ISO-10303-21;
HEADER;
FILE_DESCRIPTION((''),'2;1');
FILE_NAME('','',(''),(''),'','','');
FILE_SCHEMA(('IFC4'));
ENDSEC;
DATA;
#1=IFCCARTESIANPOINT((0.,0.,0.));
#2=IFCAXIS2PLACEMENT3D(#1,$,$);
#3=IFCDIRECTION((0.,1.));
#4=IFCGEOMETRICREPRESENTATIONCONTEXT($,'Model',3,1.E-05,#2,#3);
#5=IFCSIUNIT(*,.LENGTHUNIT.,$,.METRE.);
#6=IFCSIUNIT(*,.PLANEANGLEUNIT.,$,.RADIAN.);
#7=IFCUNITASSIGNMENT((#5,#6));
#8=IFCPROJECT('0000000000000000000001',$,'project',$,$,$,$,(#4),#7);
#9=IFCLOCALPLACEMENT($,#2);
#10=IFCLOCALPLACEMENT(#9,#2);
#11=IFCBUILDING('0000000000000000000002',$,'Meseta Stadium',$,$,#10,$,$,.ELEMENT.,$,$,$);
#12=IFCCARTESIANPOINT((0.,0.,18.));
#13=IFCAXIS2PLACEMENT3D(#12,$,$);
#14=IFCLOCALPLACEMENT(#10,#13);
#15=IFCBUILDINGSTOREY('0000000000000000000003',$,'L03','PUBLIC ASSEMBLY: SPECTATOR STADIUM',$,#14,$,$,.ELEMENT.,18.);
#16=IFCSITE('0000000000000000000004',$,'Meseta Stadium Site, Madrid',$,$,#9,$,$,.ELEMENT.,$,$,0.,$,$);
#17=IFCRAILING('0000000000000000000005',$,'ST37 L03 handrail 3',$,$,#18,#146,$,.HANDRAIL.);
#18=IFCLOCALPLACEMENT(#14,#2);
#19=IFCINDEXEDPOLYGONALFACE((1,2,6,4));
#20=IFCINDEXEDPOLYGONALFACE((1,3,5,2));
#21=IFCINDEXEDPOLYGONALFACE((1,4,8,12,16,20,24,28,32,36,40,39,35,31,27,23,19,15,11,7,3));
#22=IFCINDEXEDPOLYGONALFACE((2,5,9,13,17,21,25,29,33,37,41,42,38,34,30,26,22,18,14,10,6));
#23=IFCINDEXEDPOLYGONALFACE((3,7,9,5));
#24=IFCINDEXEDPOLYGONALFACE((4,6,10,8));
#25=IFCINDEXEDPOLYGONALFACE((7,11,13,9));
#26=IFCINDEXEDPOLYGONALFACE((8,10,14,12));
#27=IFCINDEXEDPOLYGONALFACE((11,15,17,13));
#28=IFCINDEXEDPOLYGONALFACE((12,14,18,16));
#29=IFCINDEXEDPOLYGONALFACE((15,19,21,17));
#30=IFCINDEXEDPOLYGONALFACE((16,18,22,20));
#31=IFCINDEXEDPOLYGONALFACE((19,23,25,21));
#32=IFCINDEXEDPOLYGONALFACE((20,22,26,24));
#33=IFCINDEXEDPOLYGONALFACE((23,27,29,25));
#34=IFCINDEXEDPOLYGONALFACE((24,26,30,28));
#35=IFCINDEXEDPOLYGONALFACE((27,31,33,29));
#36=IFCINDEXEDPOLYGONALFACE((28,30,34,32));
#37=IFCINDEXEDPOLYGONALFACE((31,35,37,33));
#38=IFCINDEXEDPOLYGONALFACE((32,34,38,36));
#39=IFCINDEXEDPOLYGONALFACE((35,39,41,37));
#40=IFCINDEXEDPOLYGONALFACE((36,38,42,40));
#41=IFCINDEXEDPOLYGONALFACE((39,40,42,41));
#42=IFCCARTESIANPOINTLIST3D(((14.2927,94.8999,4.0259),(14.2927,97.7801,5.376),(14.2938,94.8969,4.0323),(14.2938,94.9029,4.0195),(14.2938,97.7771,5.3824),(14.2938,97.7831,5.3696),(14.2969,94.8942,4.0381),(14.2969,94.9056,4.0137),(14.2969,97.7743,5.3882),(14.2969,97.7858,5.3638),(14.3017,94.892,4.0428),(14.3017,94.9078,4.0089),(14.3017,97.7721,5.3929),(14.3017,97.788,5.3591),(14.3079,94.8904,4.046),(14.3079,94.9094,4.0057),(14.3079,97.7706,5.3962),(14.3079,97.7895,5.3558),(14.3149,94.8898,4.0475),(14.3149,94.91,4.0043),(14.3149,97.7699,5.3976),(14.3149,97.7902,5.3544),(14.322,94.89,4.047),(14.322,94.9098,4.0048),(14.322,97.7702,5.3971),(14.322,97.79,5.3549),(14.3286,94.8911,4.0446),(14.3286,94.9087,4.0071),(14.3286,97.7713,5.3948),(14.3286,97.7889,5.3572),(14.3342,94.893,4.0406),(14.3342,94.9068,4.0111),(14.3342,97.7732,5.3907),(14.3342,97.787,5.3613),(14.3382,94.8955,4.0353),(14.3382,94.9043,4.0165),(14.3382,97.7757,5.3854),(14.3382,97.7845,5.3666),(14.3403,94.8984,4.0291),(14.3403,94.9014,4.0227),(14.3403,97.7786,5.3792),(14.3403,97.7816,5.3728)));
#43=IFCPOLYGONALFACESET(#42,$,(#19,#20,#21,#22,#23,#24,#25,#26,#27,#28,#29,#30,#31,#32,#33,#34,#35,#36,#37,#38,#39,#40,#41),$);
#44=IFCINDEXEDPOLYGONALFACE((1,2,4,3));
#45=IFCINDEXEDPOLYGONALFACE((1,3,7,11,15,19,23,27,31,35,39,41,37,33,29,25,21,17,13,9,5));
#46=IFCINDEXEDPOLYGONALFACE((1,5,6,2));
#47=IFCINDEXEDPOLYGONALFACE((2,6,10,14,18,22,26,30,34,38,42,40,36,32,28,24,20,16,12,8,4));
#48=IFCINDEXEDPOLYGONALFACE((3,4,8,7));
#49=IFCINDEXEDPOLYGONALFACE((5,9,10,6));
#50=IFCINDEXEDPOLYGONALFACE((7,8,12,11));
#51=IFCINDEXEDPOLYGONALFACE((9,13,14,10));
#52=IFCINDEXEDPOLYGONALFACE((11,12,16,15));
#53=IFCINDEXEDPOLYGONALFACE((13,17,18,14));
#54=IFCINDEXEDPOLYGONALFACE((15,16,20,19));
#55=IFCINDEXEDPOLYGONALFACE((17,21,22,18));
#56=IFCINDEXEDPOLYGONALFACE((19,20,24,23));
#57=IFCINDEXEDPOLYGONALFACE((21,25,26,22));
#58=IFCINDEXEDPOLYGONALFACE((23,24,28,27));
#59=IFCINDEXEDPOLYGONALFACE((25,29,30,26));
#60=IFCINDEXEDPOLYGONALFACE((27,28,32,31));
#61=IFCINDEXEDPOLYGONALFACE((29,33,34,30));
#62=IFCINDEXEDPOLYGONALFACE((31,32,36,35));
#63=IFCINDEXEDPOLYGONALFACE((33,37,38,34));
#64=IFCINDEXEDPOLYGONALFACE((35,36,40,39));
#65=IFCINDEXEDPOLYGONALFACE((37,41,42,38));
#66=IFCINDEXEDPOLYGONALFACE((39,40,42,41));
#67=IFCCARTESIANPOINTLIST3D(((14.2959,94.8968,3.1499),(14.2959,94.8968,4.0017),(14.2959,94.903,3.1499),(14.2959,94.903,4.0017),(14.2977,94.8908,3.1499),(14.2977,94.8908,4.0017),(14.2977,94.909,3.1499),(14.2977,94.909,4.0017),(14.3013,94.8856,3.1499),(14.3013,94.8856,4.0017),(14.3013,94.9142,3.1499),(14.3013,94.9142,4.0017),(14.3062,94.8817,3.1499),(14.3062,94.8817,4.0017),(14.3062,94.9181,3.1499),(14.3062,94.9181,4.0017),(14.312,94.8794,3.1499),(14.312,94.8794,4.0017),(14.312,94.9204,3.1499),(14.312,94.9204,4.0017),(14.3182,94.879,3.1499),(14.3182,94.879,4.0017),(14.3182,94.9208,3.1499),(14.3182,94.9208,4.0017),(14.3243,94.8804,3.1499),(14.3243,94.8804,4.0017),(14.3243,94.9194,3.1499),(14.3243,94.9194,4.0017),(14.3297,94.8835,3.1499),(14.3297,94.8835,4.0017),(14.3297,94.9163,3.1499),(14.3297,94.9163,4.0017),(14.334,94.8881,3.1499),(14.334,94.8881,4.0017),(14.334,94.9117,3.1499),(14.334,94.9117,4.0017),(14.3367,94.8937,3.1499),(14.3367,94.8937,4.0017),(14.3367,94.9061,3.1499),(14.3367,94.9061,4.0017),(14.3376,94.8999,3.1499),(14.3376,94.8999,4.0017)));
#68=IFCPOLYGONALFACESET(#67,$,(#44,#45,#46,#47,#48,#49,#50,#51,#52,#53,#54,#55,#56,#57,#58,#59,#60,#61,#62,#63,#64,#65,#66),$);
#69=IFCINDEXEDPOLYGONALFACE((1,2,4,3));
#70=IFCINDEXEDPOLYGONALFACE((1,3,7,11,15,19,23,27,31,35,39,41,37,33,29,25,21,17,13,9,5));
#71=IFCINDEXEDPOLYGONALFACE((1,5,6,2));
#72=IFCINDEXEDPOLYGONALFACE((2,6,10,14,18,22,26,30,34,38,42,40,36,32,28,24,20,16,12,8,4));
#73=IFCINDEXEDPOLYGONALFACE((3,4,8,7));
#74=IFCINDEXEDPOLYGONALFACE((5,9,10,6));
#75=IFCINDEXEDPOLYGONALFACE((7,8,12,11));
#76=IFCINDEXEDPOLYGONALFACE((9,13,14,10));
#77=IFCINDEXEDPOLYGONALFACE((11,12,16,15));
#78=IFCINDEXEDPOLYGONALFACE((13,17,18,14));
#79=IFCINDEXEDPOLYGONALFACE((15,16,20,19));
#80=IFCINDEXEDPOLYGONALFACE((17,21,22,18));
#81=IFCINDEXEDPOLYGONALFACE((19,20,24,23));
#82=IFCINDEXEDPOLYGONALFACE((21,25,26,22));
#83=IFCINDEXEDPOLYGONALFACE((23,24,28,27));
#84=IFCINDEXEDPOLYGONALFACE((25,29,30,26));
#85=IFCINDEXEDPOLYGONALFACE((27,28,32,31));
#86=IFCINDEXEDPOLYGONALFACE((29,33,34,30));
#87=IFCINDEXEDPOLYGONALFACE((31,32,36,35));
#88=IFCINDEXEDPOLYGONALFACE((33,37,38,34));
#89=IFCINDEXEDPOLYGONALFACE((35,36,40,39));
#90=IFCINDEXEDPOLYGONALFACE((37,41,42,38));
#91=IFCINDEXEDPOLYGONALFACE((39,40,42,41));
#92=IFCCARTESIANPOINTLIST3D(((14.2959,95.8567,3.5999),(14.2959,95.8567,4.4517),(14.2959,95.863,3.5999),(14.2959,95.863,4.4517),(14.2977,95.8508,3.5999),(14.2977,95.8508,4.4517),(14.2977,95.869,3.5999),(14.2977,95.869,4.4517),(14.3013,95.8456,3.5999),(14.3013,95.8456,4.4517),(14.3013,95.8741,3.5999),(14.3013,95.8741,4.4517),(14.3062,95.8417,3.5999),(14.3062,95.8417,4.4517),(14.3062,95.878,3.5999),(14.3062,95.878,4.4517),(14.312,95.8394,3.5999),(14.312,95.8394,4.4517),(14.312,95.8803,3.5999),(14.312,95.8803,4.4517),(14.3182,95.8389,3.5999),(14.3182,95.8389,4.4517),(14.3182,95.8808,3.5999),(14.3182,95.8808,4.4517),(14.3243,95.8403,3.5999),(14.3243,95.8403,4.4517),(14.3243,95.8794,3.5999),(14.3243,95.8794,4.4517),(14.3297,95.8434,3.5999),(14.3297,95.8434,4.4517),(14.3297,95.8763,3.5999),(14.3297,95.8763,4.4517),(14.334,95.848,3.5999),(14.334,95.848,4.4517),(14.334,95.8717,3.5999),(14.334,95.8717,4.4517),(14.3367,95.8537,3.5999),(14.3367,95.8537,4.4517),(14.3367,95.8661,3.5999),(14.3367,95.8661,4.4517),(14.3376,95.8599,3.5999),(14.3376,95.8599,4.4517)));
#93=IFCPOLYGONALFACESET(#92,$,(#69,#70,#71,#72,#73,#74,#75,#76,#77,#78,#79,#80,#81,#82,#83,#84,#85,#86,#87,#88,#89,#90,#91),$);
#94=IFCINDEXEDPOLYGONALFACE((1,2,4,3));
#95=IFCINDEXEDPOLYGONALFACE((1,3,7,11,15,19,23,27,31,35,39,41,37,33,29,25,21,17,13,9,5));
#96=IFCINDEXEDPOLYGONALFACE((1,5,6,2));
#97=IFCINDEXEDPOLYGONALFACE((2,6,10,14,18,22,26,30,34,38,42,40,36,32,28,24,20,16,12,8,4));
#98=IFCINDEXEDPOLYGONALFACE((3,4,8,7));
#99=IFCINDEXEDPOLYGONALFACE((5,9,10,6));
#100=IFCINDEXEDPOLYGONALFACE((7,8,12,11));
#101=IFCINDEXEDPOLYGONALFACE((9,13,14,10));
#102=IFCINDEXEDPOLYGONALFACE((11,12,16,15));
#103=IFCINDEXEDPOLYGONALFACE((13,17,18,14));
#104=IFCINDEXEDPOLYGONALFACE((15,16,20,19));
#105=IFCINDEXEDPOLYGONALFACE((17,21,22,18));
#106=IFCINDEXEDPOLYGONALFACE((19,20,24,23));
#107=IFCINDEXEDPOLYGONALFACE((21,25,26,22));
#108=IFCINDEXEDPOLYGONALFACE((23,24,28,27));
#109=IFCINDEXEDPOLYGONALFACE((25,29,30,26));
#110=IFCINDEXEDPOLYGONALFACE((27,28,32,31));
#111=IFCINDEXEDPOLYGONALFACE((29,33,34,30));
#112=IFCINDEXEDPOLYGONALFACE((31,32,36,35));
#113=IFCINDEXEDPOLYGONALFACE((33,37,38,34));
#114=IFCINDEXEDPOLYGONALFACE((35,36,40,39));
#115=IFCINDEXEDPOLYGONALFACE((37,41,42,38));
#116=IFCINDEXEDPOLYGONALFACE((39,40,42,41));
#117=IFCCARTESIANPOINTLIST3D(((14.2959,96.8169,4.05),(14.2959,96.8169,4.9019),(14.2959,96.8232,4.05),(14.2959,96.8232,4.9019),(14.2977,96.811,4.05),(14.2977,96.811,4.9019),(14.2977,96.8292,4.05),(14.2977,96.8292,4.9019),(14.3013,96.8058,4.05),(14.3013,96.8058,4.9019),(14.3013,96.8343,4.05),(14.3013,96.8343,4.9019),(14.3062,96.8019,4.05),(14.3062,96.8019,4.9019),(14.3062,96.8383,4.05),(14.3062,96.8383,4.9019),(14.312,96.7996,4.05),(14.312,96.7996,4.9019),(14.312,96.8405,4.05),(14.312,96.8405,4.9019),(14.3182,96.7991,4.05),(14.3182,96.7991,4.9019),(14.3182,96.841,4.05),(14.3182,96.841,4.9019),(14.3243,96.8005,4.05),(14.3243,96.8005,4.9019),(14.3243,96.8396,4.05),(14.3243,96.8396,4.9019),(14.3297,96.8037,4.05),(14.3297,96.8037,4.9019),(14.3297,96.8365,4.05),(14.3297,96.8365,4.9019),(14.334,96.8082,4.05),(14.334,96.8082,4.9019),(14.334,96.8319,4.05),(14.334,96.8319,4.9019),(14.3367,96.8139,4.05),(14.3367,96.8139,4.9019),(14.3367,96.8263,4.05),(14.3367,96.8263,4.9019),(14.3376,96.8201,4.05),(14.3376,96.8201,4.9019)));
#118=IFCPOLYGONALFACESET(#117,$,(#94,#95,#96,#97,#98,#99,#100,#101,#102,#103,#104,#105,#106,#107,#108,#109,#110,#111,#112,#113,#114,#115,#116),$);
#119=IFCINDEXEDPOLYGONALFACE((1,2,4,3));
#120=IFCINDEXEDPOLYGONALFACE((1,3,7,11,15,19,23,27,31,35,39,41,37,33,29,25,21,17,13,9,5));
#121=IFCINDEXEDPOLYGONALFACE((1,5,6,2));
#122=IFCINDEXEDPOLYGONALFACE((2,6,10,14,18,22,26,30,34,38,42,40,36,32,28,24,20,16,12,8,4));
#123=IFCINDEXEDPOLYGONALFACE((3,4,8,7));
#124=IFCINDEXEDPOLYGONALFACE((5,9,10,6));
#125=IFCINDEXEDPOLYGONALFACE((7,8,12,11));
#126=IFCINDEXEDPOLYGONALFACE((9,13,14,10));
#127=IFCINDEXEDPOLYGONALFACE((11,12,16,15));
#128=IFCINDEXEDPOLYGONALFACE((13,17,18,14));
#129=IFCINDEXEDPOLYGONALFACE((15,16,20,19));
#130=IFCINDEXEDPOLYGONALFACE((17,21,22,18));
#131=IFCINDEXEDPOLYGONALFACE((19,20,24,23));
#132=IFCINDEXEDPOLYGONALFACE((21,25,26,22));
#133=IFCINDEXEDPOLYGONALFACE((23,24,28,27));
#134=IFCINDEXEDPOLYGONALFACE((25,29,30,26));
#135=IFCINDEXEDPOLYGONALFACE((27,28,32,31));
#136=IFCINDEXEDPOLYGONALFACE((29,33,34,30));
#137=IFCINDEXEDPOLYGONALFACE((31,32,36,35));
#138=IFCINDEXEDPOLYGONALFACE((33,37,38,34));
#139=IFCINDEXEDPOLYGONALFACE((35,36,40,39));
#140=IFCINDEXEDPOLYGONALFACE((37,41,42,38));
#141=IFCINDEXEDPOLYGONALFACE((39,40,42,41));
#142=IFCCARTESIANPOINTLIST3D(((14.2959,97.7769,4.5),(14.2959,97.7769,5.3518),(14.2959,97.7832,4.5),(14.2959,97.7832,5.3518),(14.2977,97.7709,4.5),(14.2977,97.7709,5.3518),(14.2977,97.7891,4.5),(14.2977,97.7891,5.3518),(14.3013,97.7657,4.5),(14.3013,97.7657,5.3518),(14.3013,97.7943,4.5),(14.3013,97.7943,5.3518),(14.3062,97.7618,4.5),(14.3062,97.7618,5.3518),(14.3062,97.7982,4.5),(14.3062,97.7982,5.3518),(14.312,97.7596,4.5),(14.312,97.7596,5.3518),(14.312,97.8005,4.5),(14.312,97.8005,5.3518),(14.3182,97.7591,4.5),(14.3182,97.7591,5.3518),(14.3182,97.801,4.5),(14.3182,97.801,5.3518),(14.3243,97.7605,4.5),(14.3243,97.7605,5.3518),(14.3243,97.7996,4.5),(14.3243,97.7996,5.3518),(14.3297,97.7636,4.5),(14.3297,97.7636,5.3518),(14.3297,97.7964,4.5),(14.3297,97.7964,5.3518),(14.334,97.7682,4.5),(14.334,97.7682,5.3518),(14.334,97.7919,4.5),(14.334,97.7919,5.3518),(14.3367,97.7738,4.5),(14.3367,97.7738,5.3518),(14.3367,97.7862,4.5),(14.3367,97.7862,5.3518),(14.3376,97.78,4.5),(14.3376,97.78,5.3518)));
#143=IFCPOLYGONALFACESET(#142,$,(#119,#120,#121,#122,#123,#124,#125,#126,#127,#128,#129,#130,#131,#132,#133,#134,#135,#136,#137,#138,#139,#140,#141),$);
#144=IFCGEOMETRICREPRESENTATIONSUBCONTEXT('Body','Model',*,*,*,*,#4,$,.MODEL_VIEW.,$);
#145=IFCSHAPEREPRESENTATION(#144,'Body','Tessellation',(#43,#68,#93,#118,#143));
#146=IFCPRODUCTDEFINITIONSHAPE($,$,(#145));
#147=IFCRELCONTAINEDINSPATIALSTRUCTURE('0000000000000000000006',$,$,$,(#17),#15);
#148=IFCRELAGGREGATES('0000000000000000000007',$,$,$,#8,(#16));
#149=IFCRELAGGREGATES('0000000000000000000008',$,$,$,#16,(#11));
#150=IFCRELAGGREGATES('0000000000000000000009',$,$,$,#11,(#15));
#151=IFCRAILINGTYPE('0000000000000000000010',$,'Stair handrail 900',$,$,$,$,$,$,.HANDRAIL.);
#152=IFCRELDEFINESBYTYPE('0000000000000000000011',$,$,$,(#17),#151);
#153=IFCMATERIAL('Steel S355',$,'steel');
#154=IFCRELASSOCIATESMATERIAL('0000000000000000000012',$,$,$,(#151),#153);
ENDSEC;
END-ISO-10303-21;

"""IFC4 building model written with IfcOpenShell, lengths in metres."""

from ifc_helpers import new_model, si_unit, direction, frame, origin, origin_2d, place, context, subcontext, project, spatial, circle, extrude, material, type_object, element, save


model = new_model("IFC4")

# Units and contexts
model_context = context("Model", 3, precision=1e-05, world=origin(), true_north=direction((0.0, 1.0)))
body_context = subcontext(model_context, "Body", "Model", "MODEL_VIEW")
ifc_project = project(units=[si_unit("LENGTHUNIT", "METRE"), si_unit("PLANEANGLEUNIT", "RADIAN")], contexts=[model_context])

# Site, building, storey
site_placement = place(None, origin())
site = spatial("IfcSite", under=ifc_project, at=site_placement, Name="Meseta Stadium Site, Madrid", CompositionType="ELEMENT", RefElevation=0.0)
building_placement = place(site_placement, origin())
building = spatial("IfcBuilding", under=site, at=building_placement, Name="Meseta Stadium", CompositionType="ELEMENT")
storey_placement = place(building_placement, frame((0.0, 0.0, 18.0)))
storey = spatial("IfcBuildingStorey", under=building, at=storey_placement, Name="L03", Description="PUBLIC ASSEMBLY: SPECTATOR STADIUM", CompositionType="ELEMENT", Elevation=18.0)

# Railing
ifc_material_1 = material(Name="Steel S355", Category="steel")
railing_type_1 = type_object("IfcRailingType", Name="Stair handrail 900", PredefinedType="HANDRAIL", material=ifc_material_1)
railing_1_placement = place(storey_placement, frame((14.3167, 94.8999, 3.1499)))
element("IfcRailing", 1, at=railing_1_placement, inside=storey, type_object=railing_type_1, Name="ST37 L03 handrail 3", PredefinedType="HANDRAIL", context=body_context, shape_type="SweptSolid", body=[
    extrude(circle(Radius=0.0239, at=origin_2d()), frame((0.0, 0.0, 0.876), z_axis=(0.0, 0.905454, 0.424444), x_axis=(-1.0, 0.0, 0.0)), (0.0, 0.0, 1.0), 3.1809),
    extrude(circle(Radius=0.021, at=origin_2d()), origin(), (0.0, 0.0, 1.0), 0.8518),
    extrude(circle(Radius=0.021, at=origin_2d()), frame((0.0, 0.96, 0.45)), (0.0, 0.0, 1.0), 0.8518),
    extrude(circle(Radius=0.021, at=origin_2d()), frame((0.0, 1.9202, 0.9001)), (0.0, 0.0, 1.0), 0.8518),
    extrude(circle(Radius=0.021, at=origin_2d()), frame((0.0, 2.8801, 1.3501)), (0.0, 0.0, 1.0), 0.8518),
])

save(model, "model.ifc")
